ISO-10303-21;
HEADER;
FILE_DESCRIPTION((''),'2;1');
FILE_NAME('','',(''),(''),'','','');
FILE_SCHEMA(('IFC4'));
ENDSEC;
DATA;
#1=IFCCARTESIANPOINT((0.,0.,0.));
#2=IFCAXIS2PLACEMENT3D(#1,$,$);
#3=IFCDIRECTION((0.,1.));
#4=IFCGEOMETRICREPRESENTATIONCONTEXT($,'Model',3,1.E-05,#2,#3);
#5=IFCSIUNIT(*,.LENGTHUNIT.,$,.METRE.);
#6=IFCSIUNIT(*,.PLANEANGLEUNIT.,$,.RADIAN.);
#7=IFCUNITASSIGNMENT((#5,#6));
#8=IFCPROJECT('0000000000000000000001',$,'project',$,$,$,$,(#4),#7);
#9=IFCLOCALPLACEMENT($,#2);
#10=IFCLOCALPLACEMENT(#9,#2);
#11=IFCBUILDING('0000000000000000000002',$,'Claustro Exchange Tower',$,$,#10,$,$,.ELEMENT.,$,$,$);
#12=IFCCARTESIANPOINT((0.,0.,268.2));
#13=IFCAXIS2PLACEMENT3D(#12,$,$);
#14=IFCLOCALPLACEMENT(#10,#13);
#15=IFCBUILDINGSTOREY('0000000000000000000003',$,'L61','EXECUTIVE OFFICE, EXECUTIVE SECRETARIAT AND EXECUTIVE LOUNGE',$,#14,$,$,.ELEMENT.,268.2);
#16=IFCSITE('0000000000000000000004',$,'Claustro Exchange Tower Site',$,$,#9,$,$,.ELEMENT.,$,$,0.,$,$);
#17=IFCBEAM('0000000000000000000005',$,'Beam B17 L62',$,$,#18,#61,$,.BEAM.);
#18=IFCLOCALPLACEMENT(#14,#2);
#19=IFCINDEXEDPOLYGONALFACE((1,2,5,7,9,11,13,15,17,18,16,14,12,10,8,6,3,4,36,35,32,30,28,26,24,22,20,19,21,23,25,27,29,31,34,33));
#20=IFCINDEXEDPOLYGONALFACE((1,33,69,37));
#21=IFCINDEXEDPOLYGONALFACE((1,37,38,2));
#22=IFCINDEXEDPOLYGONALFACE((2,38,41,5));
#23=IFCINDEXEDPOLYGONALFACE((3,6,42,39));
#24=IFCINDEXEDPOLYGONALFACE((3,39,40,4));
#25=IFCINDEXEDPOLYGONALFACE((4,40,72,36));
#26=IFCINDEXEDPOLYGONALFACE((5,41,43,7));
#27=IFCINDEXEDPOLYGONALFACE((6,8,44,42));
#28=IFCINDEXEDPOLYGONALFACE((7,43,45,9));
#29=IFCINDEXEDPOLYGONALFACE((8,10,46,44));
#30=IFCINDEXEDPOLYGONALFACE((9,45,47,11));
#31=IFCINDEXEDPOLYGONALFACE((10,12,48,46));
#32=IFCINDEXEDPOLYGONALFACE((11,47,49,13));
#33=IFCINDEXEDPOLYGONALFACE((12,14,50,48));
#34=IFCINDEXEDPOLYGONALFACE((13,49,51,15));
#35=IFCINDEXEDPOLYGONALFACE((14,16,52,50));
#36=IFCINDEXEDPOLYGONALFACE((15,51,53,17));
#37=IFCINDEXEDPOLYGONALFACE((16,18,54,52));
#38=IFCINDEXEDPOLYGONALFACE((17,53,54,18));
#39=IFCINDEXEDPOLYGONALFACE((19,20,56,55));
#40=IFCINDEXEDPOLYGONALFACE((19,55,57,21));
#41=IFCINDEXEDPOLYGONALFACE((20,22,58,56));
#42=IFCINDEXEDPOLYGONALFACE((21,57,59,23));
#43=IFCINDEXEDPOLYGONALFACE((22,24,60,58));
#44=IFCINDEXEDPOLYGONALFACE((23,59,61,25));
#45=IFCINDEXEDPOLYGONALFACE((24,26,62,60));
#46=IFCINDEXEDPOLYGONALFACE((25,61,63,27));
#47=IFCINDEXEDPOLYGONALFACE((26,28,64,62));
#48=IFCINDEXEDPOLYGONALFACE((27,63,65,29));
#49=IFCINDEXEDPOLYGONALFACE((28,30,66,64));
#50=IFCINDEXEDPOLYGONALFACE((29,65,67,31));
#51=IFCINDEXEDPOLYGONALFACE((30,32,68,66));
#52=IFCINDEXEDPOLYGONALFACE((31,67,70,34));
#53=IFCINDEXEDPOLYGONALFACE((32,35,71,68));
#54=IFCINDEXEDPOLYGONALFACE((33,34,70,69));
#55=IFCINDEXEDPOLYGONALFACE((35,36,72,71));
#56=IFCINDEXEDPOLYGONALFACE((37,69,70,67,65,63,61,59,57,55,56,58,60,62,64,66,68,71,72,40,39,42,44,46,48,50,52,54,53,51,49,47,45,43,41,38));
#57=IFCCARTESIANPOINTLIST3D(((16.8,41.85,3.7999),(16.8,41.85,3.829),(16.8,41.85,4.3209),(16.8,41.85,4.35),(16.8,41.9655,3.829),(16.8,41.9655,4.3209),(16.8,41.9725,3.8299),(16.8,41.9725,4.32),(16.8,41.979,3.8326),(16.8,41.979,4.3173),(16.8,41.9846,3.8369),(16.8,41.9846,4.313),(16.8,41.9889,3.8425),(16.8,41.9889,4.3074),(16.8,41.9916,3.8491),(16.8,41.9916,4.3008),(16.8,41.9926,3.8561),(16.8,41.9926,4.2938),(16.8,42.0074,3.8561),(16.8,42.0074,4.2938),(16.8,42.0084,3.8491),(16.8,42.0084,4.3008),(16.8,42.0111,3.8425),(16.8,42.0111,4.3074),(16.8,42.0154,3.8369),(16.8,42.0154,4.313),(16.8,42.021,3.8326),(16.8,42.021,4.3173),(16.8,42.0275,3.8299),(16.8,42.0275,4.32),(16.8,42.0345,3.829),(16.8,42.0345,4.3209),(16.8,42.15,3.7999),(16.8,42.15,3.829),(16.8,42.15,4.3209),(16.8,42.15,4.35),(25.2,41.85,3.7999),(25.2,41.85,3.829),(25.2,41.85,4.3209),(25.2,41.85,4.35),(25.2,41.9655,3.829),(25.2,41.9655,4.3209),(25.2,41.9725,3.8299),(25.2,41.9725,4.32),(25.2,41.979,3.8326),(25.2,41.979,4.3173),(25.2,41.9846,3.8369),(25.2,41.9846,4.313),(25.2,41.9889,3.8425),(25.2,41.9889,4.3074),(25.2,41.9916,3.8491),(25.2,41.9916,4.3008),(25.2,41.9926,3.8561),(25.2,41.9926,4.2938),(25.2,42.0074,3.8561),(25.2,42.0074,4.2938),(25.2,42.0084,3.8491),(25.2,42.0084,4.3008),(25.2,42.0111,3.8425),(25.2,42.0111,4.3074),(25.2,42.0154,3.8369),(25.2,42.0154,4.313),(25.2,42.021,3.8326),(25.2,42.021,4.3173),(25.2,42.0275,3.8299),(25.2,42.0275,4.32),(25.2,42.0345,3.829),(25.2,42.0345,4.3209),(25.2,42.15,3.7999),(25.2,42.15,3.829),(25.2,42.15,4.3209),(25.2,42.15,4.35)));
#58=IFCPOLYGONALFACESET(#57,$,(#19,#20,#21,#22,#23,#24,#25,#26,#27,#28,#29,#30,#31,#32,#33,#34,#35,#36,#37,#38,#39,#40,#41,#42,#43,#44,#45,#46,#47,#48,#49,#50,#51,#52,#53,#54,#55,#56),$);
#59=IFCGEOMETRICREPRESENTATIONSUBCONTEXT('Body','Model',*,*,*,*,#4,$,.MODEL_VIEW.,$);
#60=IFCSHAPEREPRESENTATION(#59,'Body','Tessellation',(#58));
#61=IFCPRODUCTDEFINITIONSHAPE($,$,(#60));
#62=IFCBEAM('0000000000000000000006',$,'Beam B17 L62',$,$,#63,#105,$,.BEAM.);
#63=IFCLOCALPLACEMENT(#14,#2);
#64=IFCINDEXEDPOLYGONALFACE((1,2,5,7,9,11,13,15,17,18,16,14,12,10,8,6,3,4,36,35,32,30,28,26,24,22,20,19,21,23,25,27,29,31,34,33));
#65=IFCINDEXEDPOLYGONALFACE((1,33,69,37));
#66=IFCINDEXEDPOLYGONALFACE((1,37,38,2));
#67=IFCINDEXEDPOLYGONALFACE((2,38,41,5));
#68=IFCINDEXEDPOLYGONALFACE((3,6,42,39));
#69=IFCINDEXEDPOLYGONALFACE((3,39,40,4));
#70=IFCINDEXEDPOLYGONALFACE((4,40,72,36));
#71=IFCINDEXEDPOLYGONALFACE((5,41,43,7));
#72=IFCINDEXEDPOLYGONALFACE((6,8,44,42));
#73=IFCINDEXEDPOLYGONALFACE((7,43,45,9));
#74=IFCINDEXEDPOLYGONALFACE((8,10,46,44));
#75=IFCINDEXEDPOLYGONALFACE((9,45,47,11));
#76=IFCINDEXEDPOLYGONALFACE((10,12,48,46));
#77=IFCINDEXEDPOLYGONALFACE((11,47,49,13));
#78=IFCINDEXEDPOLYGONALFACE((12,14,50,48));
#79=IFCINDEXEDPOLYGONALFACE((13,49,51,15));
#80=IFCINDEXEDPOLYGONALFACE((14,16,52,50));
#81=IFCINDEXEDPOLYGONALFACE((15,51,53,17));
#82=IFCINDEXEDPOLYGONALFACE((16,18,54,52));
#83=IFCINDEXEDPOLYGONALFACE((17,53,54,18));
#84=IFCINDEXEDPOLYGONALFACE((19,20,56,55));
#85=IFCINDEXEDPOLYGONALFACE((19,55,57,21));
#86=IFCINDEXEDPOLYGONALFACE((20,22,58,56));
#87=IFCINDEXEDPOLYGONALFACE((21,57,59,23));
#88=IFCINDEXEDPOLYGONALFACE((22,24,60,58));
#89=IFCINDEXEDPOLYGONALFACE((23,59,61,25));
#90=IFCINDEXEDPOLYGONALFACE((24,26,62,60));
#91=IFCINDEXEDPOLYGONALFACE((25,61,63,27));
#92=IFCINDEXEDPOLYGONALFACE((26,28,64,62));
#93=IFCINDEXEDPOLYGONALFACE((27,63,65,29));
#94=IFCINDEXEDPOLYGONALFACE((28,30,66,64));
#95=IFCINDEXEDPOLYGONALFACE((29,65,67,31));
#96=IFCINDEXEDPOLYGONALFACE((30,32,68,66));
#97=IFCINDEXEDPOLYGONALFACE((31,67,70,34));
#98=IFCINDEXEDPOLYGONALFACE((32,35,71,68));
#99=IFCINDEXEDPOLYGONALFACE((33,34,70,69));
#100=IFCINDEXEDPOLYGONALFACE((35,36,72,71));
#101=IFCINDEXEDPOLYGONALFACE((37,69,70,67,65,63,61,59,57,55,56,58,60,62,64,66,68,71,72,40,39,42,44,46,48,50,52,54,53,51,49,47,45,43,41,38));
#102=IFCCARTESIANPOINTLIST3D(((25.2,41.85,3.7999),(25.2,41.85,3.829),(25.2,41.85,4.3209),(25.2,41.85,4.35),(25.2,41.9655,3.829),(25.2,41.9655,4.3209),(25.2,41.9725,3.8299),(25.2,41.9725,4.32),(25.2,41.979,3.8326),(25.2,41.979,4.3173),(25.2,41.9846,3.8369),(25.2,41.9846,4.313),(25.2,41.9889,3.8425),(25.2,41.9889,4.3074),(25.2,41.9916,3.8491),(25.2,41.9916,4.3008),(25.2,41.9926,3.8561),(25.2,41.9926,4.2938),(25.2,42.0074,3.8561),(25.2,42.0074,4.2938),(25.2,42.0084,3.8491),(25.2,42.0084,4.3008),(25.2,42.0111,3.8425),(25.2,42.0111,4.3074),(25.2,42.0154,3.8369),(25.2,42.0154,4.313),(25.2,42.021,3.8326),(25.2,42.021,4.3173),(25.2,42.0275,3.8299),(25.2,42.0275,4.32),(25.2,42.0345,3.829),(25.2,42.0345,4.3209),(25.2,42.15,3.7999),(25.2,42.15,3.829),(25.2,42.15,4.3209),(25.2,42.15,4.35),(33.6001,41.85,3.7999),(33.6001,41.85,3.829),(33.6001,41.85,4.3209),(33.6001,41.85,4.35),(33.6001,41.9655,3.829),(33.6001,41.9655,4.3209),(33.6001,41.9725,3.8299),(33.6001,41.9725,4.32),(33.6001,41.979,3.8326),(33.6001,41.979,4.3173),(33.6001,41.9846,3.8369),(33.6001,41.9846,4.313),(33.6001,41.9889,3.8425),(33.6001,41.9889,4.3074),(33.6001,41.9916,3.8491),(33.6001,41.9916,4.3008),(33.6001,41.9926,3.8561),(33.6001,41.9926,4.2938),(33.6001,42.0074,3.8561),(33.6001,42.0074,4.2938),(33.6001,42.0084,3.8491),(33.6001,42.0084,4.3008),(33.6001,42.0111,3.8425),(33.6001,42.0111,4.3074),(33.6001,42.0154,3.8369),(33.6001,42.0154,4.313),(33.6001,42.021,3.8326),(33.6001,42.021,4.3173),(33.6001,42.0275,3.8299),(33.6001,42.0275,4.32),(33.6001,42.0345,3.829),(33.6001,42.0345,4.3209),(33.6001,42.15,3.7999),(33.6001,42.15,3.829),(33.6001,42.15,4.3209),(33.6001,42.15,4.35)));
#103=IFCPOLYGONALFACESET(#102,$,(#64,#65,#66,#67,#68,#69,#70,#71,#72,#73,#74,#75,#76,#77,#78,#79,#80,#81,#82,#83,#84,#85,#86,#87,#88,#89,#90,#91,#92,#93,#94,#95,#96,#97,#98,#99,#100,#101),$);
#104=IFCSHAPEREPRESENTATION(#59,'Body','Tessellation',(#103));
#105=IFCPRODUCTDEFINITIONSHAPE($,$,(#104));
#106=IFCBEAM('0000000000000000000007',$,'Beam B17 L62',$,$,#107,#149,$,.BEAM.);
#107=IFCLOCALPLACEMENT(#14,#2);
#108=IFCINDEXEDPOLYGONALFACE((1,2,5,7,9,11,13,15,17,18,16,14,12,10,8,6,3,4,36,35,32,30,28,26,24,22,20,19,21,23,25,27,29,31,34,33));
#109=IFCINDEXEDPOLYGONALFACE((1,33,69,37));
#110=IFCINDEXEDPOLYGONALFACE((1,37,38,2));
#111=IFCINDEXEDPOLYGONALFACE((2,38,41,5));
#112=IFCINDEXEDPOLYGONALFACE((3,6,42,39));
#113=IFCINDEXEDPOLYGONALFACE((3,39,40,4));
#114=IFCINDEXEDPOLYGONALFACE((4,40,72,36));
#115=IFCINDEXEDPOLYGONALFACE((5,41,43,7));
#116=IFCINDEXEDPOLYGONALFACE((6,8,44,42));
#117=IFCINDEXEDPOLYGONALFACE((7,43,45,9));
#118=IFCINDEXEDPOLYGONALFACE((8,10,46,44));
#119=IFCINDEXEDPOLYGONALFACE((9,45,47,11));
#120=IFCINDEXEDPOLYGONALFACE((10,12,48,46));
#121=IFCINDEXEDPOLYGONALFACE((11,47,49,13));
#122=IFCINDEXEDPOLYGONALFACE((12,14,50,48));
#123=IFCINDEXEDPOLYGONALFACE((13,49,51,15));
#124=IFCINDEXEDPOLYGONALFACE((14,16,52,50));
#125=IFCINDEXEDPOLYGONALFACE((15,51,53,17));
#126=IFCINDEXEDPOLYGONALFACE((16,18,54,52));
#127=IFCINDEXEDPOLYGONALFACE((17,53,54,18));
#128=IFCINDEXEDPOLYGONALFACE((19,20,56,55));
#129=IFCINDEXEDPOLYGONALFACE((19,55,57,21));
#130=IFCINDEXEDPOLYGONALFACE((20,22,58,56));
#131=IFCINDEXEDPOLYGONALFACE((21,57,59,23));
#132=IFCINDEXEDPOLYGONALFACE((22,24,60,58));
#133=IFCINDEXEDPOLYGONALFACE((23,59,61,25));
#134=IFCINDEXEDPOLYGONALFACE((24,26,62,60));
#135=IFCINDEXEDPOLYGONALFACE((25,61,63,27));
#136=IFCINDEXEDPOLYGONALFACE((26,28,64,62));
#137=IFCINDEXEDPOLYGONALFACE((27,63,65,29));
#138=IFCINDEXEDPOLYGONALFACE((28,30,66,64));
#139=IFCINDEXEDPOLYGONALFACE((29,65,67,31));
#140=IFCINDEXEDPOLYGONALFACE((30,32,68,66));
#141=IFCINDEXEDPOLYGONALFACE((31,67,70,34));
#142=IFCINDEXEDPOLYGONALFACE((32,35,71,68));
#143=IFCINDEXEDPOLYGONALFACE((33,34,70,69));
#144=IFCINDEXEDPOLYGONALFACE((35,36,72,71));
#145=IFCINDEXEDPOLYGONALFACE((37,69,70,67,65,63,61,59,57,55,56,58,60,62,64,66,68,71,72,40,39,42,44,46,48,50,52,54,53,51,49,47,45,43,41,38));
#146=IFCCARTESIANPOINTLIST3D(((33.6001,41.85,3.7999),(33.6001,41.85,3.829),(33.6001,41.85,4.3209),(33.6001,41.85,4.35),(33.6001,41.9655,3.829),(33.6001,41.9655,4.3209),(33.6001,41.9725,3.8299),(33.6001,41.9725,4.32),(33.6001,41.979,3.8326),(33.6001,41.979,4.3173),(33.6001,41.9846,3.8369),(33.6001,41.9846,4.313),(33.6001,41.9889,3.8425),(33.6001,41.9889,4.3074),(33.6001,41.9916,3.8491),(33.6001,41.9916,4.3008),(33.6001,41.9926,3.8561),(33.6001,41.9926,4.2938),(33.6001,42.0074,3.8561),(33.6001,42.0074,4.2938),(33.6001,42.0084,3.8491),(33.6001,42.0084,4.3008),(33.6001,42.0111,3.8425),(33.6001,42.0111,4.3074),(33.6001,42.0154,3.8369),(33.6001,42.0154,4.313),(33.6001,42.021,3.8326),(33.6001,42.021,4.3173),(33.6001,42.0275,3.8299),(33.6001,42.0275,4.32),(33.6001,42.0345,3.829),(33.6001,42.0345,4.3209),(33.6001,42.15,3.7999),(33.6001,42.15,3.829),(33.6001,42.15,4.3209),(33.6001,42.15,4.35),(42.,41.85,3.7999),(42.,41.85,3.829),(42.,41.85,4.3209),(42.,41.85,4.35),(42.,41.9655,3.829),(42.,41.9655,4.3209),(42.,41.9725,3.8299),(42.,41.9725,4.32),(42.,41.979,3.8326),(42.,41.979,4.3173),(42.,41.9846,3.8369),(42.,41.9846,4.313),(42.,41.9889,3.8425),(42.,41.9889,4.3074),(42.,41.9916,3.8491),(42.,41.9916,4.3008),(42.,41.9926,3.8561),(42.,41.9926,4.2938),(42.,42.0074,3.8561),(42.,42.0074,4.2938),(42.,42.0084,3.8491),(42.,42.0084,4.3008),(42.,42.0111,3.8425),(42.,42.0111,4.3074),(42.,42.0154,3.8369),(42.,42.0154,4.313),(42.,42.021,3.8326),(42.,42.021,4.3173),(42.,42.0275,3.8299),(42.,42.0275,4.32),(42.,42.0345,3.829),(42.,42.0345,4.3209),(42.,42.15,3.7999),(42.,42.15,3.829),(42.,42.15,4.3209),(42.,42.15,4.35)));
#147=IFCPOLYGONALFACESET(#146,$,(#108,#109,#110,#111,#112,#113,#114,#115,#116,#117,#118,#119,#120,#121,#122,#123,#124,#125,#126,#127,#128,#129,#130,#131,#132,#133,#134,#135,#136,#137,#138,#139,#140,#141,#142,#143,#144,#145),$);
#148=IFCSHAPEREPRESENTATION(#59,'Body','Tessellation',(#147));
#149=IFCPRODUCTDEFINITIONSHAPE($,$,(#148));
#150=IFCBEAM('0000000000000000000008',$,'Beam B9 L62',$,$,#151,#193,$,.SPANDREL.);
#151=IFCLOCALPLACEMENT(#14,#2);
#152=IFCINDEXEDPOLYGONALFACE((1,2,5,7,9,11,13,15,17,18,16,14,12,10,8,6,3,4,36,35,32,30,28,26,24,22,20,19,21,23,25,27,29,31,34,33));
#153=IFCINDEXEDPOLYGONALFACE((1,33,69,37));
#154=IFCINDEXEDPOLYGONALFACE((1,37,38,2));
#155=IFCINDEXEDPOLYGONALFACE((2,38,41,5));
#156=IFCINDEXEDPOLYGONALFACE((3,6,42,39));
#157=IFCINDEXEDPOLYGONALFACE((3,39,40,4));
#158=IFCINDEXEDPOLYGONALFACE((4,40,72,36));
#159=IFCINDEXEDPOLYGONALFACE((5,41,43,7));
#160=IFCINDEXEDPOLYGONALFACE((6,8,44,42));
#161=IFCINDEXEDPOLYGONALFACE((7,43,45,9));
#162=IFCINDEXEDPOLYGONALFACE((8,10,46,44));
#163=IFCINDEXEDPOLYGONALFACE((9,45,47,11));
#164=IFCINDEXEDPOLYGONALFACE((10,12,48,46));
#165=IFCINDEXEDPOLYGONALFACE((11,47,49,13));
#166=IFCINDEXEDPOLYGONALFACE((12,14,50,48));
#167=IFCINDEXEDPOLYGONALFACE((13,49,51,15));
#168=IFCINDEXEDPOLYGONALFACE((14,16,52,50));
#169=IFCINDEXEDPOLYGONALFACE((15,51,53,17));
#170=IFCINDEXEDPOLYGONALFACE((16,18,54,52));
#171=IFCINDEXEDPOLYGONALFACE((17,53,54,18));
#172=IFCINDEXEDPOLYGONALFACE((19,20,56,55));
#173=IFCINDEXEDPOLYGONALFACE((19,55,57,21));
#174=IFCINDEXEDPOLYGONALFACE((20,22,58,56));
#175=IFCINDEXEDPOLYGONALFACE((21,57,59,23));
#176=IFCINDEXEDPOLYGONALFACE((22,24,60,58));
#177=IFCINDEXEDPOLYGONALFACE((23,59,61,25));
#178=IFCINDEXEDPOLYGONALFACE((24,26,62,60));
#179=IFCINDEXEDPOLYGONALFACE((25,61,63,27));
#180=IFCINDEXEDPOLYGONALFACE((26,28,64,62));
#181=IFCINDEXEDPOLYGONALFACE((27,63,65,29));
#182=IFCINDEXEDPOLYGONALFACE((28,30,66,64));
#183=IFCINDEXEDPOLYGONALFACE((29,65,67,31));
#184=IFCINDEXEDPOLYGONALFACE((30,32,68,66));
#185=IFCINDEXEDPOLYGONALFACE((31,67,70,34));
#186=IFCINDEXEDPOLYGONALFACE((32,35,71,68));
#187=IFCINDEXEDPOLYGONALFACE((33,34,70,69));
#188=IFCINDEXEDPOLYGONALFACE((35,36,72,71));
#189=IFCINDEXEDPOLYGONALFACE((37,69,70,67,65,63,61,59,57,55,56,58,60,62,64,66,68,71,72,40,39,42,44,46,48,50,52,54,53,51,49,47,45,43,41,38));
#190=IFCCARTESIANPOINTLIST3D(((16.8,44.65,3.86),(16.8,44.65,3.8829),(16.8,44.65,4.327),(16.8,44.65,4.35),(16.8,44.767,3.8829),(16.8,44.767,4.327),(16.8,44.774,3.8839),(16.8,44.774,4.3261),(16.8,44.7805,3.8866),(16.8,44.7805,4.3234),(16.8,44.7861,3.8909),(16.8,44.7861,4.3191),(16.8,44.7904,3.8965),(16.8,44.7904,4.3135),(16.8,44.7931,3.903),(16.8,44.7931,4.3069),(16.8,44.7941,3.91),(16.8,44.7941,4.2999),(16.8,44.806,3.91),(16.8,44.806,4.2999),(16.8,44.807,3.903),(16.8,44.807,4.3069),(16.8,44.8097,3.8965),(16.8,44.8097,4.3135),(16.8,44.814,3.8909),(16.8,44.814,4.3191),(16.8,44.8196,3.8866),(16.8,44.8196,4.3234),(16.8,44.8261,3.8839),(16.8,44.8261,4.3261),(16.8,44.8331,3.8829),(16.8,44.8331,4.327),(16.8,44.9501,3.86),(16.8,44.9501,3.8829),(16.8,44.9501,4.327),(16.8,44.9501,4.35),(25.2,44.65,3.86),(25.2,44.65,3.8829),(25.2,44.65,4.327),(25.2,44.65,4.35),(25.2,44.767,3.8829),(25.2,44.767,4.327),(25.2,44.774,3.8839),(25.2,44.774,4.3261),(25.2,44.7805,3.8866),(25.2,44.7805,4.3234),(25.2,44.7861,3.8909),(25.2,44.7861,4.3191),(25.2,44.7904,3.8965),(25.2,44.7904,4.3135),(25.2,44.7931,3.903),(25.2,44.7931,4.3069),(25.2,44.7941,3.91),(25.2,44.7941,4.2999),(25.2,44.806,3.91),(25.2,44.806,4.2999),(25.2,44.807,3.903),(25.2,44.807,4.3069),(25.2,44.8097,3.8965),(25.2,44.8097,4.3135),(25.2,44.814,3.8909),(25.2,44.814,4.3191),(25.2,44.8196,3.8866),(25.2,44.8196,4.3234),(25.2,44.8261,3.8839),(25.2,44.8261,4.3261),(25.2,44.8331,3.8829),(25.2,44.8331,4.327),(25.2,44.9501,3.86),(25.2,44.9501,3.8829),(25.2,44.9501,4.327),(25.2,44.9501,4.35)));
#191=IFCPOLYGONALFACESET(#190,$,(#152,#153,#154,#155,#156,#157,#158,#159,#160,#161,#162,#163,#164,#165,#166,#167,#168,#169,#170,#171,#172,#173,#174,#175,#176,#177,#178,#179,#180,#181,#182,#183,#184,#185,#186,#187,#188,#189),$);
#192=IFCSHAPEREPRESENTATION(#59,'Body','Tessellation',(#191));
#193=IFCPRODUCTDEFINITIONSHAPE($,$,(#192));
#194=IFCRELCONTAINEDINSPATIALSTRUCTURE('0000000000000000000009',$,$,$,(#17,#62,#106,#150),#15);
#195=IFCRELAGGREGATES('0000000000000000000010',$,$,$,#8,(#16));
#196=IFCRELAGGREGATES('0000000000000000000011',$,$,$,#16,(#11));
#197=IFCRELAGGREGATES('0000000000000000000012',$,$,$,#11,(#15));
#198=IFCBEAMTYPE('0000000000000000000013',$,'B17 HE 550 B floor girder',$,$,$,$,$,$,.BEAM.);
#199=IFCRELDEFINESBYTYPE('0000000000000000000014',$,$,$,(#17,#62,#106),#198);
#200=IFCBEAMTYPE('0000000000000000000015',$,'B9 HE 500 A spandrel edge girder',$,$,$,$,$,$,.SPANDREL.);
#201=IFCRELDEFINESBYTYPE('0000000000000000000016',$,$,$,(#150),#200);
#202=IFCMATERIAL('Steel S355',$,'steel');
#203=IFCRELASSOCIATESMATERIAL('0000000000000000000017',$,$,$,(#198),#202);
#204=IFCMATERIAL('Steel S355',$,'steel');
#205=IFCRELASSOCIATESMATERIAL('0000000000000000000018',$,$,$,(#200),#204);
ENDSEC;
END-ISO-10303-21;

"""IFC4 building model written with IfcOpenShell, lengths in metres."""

from ifc_helpers import new_model, si_unit, direction, frame, origin, origin_2d, place, context, subcontext, project, spatial, i_section, extrude, material, material_profile, profile_set, type_object, element, save


model = new_model("IFC4")

# Units and contexts
model_context = context("Model", 3, precision=1e-05, world=origin(), true_north=direction((0.0, 1.0)))
body_context = subcontext(model_context, "Body", "Model", "MODEL_VIEW")
ifc_project = project(units=[si_unit("LENGTHUNIT", "METRE"), si_unit("PLANEANGLEUNIT", "RADIAN")], contexts=[model_context])

# Site, building, storey
site_placement = place(None, origin())
site = spatial("IfcSite", under=ifc_project, at=site_placement, Name="Claustro Exchange Tower Site", CompositionType="ELEMENT", RefElevation=0.0)
building_placement = place(site_placement, origin())
building = spatial("IfcBuilding", under=site, at=building_placement, Name="Claustro Exchange Tower", CompositionType="ELEMENT")
storey_placement = place(building_placement, frame((0.0, 0.0, 268.2)))
storey = spatial("IfcBuildingStorey", under=building, at=storey_placement, Name="L61", Description="EXECUTIVE OFFICE, EXECUTIVE SECRETARIAT AND EXECUTIVE LOUNGE", CompositionType="ELEMENT", Elevation=268.2)

# Beams
ifc_material_1 = material(Name="Steel S355", Category="steel")
ifc_material_profile_1 = material_profile(ifc_material_1, i_section(OverallWidth=0.3, OverallDepth=0.55, WebThickness=0.0149, FlangeThickness=0.0291, FilletRadius=0.0271, at=origin_2d()), Name="HE 550 B")
ifc_profile_set_1 = profile_set([ifc_material_profile_1], Name="Steel S355")
beam_type_1 = type_object("IfcBeamType", Name="B17 HE 550 B floor girder", PredefinedType="BEAM", material=ifc_profile_set_1)
beam_1_placement = place(storey_placement, frame((16.8, 42.0, 4.075), z_axis=(1.0, 0.0, 0.0), x_axis=(0.0, 1.0, 0.0)))
element("IfcBeam", 1, at=beam_1_placement, inside=storey, type_object=beam_type_1, Name="Beam B17 L62", PredefinedType="BEAM", context=body_context, shape_type="SweptSolid", body=[
    extrude(i_section(OverallWidth=0.3, OverallDepth=0.55, WebThickness=0.0149, FlangeThickness=0.0291, FilletRadius=0.0271, at=origin_2d()), origin(), (0.0, 0.0, 1.0), 8.3999),
])
beam_2_placement = place(storey_placement, frame((25.2, 42.0, 4.075), z_axis=(1.0, 0.0, 0.0), x_axis=(0.0, 1.0, 0.0)))
element("IfcBeam", 2, at=beam_2_placement, inside=storey, type_object=beam_type_1, Name="Beam B17 L62", PredefinedType="BEAM", context=body_context, shape_type="SweptSolid", body=[
    extrude(i_section(OverallWidth=0.3, OverallDepth=0.55, WebThickness=0.0149, FlangeThickness=0.0291, FilletRadius=0.0271, at=origin_2d()), origin(), (0.0, 0.0, 1.0), 8.4001),
])
beam_3_placement = place(storey_placement, frame((33.6001, 42.0, 4.075), z_axis=(1.0, 0.0, 0.0), x_axis=(0.0, 1.0, 0.0)))
element("IfcBeam", 3, at=beam_3_placement, inside=storey, type_object=beam_type_1, Name="Beam B17 L62", PredefinedType="BEAM", context=body_context, shape_type="SweptSolid", body=[
    extrude(i_section(OverallWidth=0.3, OverallDepth=0.55, WebThickness=0.0149, FlangeThickness=0.0291, FilletRadius=0.0271, at=origin_2d()), origin(), (0.0, 0.0, 1.0), 8.3999),
])
ifc_material_2 = material(Name="Steel S355", Category="steel")
ifc_material_profile_2 = material_profile(ifc_material_2, i_section(OverallWidth=0.3, OverallDepth=0.49, WebThickness=0.012, FlangeThickness=0.0229, FilletRadius=0.0271, at=origin_2d()), Name="HE 500 A")
ifc_profile_set_2 = profile_set([ifc_material_profile_2], Name="Steel S355")
beam_type_2 = type_object("IfcBeamType", Name="B9 HE 500 A spandrel edge girder", PredefinedType="SPANDREL", material=ifc_profile_set_2)
beam_4_placement = place(storey_placement, frame((16.8, 44.8, 4.105), z_axis=(1.0, 0.0, 0.0), x_axis=(0.0, 1.0, 0.0)))
element("IfcBeam", 4, at=beam_4_placement, inside=storey, type_object=beam_type_2, Name="Beam B9 L62", PredefinedType="SPANDREL", context=body_context, shape_type="SweptSolid", body=[
    extrude(i_section(OverallWidth=0.3, OverallDepth=0.49, WebThickness=0.012, FlangeThickness=0.0229, FilletRadius=0.0271, at=origin_2d()), origin(), (0.0, 0.0, 1.0), 8.3999),
])

save(model, "model.ifc")
